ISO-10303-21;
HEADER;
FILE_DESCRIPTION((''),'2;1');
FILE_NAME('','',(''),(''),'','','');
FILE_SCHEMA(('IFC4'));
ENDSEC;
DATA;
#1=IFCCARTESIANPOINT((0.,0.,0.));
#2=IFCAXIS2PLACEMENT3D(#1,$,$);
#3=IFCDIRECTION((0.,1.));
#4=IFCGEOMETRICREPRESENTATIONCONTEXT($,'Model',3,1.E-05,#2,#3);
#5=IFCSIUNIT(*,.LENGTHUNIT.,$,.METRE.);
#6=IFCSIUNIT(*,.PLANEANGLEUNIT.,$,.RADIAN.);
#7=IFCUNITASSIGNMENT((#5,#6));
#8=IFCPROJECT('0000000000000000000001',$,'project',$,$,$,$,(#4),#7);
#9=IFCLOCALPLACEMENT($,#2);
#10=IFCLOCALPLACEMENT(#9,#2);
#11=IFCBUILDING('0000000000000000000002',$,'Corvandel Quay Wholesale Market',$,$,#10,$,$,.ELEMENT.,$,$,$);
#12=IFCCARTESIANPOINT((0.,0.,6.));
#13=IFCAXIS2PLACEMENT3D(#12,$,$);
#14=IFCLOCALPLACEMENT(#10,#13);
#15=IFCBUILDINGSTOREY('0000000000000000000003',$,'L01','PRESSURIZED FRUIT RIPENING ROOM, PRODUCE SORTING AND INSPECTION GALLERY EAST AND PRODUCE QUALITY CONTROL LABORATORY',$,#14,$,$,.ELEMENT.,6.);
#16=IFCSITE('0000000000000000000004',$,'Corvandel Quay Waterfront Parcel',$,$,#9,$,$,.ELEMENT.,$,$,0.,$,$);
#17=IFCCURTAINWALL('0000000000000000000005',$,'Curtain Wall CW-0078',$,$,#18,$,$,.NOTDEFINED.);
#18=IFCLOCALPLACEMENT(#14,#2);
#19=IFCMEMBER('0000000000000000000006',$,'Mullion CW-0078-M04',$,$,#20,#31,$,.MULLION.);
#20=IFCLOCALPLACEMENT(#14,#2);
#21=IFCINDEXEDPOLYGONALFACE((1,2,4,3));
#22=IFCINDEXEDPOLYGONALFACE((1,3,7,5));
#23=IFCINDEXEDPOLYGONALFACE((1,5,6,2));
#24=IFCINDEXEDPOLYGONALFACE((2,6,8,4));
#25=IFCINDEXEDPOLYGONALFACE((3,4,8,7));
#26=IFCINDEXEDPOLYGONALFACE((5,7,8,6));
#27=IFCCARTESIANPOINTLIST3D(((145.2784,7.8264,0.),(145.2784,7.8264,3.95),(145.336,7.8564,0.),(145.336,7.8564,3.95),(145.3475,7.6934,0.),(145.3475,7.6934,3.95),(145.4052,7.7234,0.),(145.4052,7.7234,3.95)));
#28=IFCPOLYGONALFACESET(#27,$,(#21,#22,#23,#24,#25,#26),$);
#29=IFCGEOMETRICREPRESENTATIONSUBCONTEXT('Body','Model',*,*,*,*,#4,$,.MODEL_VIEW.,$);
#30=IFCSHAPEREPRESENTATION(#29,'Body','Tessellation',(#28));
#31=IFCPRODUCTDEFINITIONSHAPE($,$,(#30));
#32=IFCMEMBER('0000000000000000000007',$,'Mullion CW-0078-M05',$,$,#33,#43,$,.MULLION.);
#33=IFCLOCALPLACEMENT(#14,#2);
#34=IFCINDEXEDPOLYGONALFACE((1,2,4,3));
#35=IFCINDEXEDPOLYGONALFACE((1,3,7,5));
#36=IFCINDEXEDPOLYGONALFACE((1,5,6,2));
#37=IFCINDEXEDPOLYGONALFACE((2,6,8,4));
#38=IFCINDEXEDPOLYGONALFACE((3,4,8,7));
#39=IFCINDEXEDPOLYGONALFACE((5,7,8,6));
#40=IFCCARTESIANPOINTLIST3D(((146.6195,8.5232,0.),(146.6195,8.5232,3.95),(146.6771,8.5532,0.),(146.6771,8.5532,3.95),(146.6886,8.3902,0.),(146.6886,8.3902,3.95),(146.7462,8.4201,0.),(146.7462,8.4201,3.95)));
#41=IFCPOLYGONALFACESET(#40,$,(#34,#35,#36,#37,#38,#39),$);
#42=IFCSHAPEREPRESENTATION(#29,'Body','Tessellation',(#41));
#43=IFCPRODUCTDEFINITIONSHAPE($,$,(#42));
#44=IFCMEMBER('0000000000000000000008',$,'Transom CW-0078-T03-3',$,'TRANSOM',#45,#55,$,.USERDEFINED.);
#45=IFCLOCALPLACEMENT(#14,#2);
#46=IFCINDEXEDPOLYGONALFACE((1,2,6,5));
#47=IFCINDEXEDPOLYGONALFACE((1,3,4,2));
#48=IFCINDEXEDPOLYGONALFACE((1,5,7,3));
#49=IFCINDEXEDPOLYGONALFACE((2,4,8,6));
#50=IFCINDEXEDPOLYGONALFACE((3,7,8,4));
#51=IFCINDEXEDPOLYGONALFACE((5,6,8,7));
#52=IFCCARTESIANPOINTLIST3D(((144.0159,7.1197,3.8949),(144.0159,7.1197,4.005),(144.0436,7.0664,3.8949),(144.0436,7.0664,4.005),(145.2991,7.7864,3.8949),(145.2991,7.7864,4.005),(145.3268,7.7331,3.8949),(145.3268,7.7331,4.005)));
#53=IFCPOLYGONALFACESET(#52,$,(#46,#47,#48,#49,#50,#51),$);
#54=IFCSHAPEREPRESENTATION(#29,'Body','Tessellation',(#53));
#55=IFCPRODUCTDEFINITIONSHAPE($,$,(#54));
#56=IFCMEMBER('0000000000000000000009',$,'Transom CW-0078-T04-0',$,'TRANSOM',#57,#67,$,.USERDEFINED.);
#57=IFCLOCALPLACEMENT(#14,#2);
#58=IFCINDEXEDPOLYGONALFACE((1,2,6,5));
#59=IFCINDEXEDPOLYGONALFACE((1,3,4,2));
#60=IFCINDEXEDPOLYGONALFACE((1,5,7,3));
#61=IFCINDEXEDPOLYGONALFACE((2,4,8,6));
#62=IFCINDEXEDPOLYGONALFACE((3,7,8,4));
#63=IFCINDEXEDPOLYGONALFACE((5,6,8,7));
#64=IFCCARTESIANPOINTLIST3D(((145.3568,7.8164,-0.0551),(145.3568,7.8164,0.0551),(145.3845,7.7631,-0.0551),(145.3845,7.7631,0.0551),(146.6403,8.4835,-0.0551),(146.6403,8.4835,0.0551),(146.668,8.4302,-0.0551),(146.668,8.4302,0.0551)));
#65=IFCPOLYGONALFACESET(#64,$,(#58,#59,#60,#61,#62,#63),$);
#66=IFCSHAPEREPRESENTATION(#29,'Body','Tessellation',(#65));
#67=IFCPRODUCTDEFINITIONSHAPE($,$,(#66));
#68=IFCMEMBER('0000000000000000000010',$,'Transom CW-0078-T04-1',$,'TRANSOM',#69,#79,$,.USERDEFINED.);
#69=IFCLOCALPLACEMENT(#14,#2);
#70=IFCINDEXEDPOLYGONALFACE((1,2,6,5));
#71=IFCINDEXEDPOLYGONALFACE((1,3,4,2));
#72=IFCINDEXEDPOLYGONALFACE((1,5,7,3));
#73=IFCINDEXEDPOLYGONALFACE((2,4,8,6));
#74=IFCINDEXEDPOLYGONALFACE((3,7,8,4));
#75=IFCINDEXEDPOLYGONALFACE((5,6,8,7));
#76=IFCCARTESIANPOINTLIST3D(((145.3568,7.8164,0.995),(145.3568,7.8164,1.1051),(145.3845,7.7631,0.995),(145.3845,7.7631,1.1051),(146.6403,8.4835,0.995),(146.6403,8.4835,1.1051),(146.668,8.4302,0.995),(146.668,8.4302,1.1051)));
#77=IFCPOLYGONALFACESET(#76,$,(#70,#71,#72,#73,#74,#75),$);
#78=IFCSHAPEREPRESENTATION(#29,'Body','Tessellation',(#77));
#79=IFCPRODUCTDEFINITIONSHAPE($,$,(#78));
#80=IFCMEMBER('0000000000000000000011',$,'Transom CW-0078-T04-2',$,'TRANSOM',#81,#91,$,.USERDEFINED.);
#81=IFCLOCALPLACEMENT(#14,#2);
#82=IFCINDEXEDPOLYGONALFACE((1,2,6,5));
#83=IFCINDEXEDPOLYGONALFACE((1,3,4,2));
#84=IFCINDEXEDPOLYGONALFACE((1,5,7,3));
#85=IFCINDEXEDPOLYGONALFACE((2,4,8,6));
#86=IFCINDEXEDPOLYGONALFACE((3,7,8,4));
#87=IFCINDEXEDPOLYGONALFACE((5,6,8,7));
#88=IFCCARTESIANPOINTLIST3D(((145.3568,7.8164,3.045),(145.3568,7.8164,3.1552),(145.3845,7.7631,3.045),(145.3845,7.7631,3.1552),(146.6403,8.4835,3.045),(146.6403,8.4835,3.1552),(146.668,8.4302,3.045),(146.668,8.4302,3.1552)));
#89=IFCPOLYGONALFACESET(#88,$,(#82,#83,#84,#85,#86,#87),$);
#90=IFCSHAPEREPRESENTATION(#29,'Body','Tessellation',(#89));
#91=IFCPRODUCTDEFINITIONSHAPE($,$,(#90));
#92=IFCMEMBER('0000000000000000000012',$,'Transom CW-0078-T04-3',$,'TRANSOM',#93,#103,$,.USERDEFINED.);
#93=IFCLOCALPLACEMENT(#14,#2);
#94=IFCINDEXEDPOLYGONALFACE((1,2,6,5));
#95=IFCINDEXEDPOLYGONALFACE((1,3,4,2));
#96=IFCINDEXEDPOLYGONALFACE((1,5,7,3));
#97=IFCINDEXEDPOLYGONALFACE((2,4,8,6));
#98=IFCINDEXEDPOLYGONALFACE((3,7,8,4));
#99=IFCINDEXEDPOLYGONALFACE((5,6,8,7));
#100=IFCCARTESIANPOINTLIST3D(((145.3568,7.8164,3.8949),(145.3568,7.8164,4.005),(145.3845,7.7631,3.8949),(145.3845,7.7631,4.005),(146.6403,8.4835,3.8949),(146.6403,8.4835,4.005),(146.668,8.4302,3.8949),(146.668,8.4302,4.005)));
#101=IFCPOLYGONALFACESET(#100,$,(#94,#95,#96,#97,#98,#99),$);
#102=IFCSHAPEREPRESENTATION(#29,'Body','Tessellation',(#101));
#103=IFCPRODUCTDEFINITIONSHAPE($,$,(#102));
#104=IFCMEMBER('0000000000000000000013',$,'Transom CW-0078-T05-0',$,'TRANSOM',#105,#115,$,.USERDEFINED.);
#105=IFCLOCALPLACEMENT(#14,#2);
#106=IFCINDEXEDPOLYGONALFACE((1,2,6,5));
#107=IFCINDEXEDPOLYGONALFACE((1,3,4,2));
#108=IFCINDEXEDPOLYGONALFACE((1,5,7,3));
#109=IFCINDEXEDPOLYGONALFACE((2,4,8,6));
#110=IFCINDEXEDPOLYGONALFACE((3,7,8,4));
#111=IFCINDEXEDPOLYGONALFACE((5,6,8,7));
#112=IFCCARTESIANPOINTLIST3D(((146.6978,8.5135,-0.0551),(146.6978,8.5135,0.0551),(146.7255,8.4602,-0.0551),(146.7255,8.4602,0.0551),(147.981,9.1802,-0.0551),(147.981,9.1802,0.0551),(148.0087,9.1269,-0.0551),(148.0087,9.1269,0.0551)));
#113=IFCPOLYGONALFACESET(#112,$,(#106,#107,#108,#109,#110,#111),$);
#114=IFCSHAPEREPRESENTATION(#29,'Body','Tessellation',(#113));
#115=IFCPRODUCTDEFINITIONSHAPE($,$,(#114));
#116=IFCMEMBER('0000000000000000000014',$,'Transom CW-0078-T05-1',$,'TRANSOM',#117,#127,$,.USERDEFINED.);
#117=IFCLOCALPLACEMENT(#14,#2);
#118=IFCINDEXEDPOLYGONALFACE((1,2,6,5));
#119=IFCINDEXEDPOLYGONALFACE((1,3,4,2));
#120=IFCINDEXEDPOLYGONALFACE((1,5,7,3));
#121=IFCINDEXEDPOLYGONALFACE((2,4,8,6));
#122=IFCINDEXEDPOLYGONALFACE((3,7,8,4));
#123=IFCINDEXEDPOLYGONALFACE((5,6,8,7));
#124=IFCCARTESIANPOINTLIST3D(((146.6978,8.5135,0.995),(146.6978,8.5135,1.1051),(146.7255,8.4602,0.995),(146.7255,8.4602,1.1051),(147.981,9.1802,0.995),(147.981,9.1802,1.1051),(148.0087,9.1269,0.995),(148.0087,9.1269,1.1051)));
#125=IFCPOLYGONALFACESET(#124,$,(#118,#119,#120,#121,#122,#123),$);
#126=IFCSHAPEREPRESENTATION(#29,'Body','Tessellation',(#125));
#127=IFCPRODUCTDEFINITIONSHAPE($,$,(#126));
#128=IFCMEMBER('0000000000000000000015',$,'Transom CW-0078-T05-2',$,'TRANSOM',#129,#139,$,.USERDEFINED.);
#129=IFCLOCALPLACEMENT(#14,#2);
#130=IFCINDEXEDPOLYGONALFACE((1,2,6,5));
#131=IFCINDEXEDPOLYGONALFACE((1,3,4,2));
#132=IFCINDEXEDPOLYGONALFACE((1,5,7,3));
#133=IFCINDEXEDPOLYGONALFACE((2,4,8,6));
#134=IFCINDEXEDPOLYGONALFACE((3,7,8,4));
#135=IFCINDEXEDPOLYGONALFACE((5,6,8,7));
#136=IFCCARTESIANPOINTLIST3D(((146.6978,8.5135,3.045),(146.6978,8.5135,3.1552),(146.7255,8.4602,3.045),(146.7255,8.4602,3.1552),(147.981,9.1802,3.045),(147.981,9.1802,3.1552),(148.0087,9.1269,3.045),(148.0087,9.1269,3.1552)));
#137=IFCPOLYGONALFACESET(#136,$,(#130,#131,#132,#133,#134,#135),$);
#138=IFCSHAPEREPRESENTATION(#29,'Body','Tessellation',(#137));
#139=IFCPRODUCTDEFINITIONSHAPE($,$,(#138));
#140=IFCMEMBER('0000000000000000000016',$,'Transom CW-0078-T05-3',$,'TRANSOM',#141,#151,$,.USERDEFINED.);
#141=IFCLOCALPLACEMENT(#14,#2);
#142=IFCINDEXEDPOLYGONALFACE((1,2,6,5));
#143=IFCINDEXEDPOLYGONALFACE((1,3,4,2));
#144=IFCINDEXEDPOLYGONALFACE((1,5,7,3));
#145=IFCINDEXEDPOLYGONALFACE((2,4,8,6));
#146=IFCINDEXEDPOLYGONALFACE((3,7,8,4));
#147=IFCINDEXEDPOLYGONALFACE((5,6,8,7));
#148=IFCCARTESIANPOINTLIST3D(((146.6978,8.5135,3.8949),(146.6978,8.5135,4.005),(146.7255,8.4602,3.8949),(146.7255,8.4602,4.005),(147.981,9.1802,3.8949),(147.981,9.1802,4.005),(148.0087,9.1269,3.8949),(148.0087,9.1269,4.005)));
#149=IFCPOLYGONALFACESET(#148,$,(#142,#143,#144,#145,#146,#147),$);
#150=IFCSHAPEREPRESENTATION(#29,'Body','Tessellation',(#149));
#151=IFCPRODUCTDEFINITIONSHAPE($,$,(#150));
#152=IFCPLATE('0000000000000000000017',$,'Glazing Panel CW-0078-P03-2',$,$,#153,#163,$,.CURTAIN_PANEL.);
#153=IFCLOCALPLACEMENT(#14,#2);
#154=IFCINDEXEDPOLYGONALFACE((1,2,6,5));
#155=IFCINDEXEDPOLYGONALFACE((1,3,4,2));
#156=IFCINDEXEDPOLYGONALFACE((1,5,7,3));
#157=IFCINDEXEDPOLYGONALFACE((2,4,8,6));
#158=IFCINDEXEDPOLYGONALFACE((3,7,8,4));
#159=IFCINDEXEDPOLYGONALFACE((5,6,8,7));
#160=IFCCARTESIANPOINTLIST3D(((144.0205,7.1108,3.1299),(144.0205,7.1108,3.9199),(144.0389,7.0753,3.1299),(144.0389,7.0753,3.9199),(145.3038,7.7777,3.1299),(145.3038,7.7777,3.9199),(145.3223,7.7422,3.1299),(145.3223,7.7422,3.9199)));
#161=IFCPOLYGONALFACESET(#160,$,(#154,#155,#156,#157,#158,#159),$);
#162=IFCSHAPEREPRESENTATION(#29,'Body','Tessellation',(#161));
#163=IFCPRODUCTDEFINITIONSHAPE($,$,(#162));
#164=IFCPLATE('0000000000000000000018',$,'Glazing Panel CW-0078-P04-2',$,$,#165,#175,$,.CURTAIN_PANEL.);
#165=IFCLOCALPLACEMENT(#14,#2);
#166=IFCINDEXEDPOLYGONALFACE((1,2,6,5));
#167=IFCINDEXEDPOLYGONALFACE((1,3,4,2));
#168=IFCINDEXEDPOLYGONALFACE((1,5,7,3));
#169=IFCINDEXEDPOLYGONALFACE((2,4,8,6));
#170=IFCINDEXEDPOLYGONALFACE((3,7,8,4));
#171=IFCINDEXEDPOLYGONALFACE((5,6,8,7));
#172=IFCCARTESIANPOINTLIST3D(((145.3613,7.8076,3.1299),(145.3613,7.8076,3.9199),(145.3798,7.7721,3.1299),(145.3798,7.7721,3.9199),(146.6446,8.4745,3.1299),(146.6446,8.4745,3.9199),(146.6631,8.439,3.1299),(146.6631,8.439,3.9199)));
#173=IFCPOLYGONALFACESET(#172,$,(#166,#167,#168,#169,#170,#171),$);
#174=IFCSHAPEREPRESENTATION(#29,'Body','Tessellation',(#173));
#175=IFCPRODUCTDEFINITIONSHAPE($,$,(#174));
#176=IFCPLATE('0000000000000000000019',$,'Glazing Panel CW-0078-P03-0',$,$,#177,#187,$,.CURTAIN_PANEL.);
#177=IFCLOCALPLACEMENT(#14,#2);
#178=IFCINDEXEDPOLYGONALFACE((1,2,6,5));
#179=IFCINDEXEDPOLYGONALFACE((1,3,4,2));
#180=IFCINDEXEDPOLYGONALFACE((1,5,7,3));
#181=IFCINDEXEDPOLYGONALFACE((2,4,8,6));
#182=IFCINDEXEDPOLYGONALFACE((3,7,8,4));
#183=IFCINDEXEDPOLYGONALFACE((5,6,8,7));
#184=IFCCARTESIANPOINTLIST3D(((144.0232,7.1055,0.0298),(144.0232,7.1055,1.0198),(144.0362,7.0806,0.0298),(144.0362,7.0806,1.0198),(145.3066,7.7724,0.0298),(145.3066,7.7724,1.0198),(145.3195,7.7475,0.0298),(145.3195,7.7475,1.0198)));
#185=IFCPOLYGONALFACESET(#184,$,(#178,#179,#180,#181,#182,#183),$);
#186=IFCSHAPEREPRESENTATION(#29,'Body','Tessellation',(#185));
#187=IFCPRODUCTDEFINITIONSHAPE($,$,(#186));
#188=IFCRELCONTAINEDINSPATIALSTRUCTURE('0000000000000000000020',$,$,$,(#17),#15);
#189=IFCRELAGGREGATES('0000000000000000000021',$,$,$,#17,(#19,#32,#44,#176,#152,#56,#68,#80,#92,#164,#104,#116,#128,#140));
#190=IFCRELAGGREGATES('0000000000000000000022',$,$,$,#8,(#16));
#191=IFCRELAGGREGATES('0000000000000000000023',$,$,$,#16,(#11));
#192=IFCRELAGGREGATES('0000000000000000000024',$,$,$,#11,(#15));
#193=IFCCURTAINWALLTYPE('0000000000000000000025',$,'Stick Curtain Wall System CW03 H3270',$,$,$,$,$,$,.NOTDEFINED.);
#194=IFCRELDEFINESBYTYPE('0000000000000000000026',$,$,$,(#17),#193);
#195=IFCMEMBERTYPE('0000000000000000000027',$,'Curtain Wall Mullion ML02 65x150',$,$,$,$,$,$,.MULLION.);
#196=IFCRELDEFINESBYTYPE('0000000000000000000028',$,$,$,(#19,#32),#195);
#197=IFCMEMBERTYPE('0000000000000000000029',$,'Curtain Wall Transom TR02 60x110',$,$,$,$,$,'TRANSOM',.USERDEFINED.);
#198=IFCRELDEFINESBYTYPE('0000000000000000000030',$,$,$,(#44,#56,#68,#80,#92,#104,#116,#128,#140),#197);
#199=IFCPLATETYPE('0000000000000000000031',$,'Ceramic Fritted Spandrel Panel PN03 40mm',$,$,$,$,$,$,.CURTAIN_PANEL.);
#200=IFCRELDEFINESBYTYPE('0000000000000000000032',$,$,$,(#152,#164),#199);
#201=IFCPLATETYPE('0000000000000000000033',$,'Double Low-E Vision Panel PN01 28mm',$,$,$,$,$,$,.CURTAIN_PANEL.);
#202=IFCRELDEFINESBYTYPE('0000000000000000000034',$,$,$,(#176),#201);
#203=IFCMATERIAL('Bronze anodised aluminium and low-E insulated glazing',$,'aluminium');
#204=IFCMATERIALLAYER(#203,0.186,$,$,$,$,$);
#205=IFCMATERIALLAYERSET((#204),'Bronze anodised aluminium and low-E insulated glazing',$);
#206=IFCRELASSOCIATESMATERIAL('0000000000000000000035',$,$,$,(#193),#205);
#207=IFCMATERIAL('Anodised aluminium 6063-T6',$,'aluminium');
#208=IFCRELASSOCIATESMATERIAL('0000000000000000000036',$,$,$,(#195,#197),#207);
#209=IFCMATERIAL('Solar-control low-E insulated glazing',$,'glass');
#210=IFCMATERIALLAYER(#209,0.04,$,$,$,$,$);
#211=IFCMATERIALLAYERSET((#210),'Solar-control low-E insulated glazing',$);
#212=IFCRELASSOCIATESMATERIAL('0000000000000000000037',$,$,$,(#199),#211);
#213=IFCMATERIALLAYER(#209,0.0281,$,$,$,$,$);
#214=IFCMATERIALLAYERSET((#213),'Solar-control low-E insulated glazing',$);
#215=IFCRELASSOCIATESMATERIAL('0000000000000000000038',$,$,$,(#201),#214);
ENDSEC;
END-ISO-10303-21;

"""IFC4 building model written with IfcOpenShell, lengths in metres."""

from ifc_helpers import new_model, si_unit, direction, frame, origin, origin_2d, place, context, subcontext, project, spatial, rectangle, extrude, material, layer, layer_set, material_profile, profile_set, type_object, element, aggregate, save


model = new_model("IFC4")

# Units and contexts
model_context = context("Model", 3, precision=1e-05, world=origin(), true_north=direction((0.0, 1.0)))
body_context = subcontext(model_context, "Body", "Model", "MODEL_VIEW")
ifc_project = project(units=[si_unit("LENGTHUNIT", "METRE"), si_unit("PLANEANGLEUNIT", "RADIAN")], contexts=[model_context])

# Site, building, storey
site_placement = place(None, origin())
site = spatial("IfcSite", under=ifc_project, at=site_placement, Name="Corvandel Quay Waterfront Parcel", CompositionType="ELEMENT", RefElevation=0.0)
building_placement = place(site_placement, origin())
building = spatial("IfcBuilding", under=site, at=building_placement, Name="Corvandel Quay Wholesale Market", CompositionType="ELEMENT")
storey_placement = place(building_placement, frame((0.0, 0.0, 6.0)))
storey = spatial("IfcBuildingStorey", under=building, at=storey_placement, Name="L01", Description="PRESSURIZED FRUIT RIPENING ROOM, PRODUCE SORTING AND INSPECTION GALLERY EAST AND PRODUCE QUALITY CONTROL LABORATORY", CompositionType="ELEMENT", Elevation=6.0)

# Curtain wall, members, plates
ifc_material_1 = material(Name="Bronze anodised aluminium and low-E insulated glazing", Category="aluminium")
ifc_layer_1 = layer(ifc_material_1, 0.186)
ifc_layer_set_1 = layer_set([ifc_layer_1], Name="Bronze anodised aluminium and low-E insulated glazing")
curtain_wall_type = type_object("IfcCurtainWallType", Name="Stick Curtain Wall System CW03 H3270", PredefinedType="NOTDEFINED", material=ifc_layer_set_1)
curtain_wall_placement = place(storey_placement, origin())
curtain_wall = element("IfcCurtainWall", 1, at=curtain_wall_placement, inside=storey, type_object=curtain_wall_type, Name="Curtain Wall CW-0078", PredefinedType="NOTDEFINED")
ifc_material_2 = material(Name="Anodised aluminium 6063-T6", Category="aluminium")
ifc_material_profile_1 = material_profile(ifc_material_2, rectangle(XDim=0.0649, YDim=0.1499, at=origin_2d()), Name="ALU-MUL-65x150")
ifc_profile_set_1 = profile_set([ifc_material_profile_1], Name="Anodised aluminium 6063-T6")
member_type_1 = type_object("IfcMemberType", Name="Curtain Wall Mullion ML02 65x150", PredefinedType="MULLION", material=ifc_profile_set_1)
member_1_placement = place(storey_placement, frame((145.3418, 7.7749, 0.0), z_axis=(0.0, 0.0, 1.0), x_axis=(0.887333, 0.461129, 0.0)))
member_1 = element("IfcMember", 2, at=member_1_placement, type_object=member_type_1, Name="Mullion CW-0078-M04", PredefinedType="MULLION", context=body_context, shape_type="SweptSolid", body=[
    extrude(rectangle(XDim=0.0649, YDim=0.1499, at=origin_2d()), origin(), (0.0, 0.0, 1.0), 3.95),
])
member_2_placement = place(storey_placement, frame((146.6829, 8.4717, 0.0), z_axis=(0.0, 0.0, 1.0), x_axis=(0.887333, 0.461129, 0.0)))
member_2 = element("IfcMember", 3, at=member_2_placement, type_object=member_type_1, Name="Mullion CW-0078-M05", PredefinedType="MULLION", context=body_context, shape_type="SweptSolid", body=[
    extrude(rectangle(XDim=0.0649, YDim=0.1499, at=origin_2d()), origin(), (0.0, 0.0, 1.0), 3.95),
])
ifc_material_profile_2 = material_profile(ifc_material_2, rectangle(XDim=0.0601, YDim=0.1101, at=origin_2d()), Name="ALU-TRN-60x110")
ifc_profile_set_2 = profile_set([ifc_material_profile_2], Name="Anodised aluminium 6063-T6")
member_type_2 = type_object("IfcMemberType", Name="Curtain Wall Transom TR02 60x110", ElementType="TRANSOM", PredefinedType="USERDEFINED", material=ifc_profile_set_2)
member_3_placement = place(storey_placement, frame((144.0298, 7.093, 3.95), z_axis=(0.887363, 0.461071, 0.0), x_axis=(-0.461071, 0.887363, 0.0)))
member_3 = element("IfcMember", 4, at=member_3_placement, type_object=member_type_2, Name="Transom CW-0078-T03-3", ObjectType="TRANSOM", PredefinedType="USERDEFINED", context=body_context, shape_type="SweptSolid", body=[
    extrude(rectangle(XDim=0.0601, YDim=0.1101, at=origin_2d()), origin(), (0.0, 0.0, 1.0), 1.446),
])
member_4_placement = place(storey_placement, frame((145.3706, 7.7898, 0.0), z_axis=(0.88733, 0.461135, 0.0), x_axis=(-0.461135, 0.88733, 0.0)))
member_4 = element("IfcMember", 5, at=member_4_placement, type_object=member_type_2, Name="Transom CW-0078-T04-0", ObjectType="TRANSOM", PredefinedType="USERDEFINED", context=body_context, shape_type="SweptSolid", body=[
    extrude(rectangle(XDim=0.0601, YDim=0.1101, at=origin_2d()), origin(), (0.0, 0.0, 1.0), 1.4465),
])
member_5_placement = place(storey_placement, frame((145.3706, 7.7898, 1.05), z_axis=(0.88733, 0.461135, 0.0), x_axis=(-0.461135, 0.88733, 0.0)))
member_5 = element("IfcMember", 6, at=member_5_placement, type_object=member_type_2, Name="Transom CW-0078-T04-1", ObjectType="TRANSOM", PredefinedType="USERDEFINED", context=body_context, shape_type="SweptSolid", body=[
    extrude(rectangle(XDim=0.0601, YDim=0.1101, at=origin_2d()), origin(), (0.0, 0.0, 1.0), 1.4465),
])
member_6_placement = place(storey_placement, frame((145.3706, 7.7898, 3.1001), z_axis=(0.88733, 0.461135, 0.0), x_axis=(-0.461135, 0.88733, 0.0)))
member_6 = element("IfcMember", 7, at=member_6_placement, type_object=member_type_2, Name="Transom CW-0078-T04-2", ObjectType="TRANSOM", PredefinedType="USERDEFINED", context=body_context, shape_type="SweptSolid", body=[
    extrude(rectangle(XDim=0.0601, YDim=0.1101, at=origin_2d()), origin(), (0.0, 0.0, 1.0), 1.4465),
])
member_7_placement = place(storey_placement, frame((145.3706, 7.7898, 3.95), z_axis=(0.88733, 0.461135, 0.0), x_axis=(-0.461135, 0.88733, 0.0)))
member_7 = element("IfcMember", 8, at=member_7_placement, type_object=member_type_2, Name="Transom CW-0078-T04-3", ObjectType="TRANSOM", PredefinedType="USERDEFINED", context=body_context, shape_type="SweptSolid", body=[
    extrude(rectangle(XDim=0.0601, YDim=0.1101, at=origin_2d()), origin(), (0.0, 0.0, 1.0), 1.4465),
])
member_8_placement = place(storey_placement, frame((146.7117, 8.4868, 0.0), z_axis=(0.887363, 0.461071, 0.0), x_axis=(-0.461071, 0.887363, 0.0)))
member_8 = element("IfcMember", 9, at=member_8_placement, type_object=member_type_2, Name="Transom CW-0078-T05-0", ObjectType="TRANSOM", PredefinedType="USERDEFINED", context=body_context, shape_type="SweptSolid", body=[
    extrude(rectangle(XDim=0.0601, YDim=0.1101, at=origin_2d()), origin(), (0.0, 0.0, 1.0), 1.446),
])
member_9_placement = place(storey_placement, frame((146.7117, 8.4868, 1.05), z_axis=(0.887363, 0.461071, 0.0), x_axis=(-0.461071, 0.887363, 0.0)))
member_9 = element("IfcMember", 10, at=member_9_placement, type_object=member_type_2, Name="Transom CW-0078-T05-1", ObjectType="TRANSOM", PredefinedType="USERDEFINED", context=body_context, shape_type="SweptSolid", body=[
    extrude(rectangle(XDim=0.0601, YDim=0.1101, at=origin_2d()), origin(), (0.0, 0.0, 1.0), 1.446),
])
member_10_placement = place(storey_placement, frame((146.7117, 8.4868, 3.1001), z_axis=(0.887363, 0.461071, 0.0), x_axis=(-0.461071, 0.887363, 0.0)))
member_10 = element("IfcMember", 11, at=member_10_placement, type_object=member_type_2, Name="Transom CW-0078-T05-2", ObjectType="TRANSOM", PredefinedType="USERDEFINED", context=body_context, shape_type="SweptSolid", body=[
    extrude(rectangle(XDim=0.0601, YDim=0.1101, at=origin_2d()), origin(), (0.0, 0.0, 1.0), 1.446),
])
member_11_placement = place(storey_placement, frame((146.7117, 8.4868, 3.95), z_axis=(0.887363, 0.461071, 0.0), x_axis=(-0.461071, 0.887363, 0.0)))
member_11 = element("IfcMember", 12, at=member_11_placement, type_object=member_type_2, Name="Transom CW-0078-T05-3", ObjectType="TRANSOM", PredefinedType="USERDEFINED", context=body_context, shape_type="SweptSolid", body=[
    extrude(rectangle(XDim=0.0601, YDim=0.1101, at=origin_2d()), origin(), (0.0, 0.0, 1.0), 1.446),
])
ifc_material_3 = material(Name="Solar-control low-E insulated glazing", Category="glass")
ifc_layer_2 = layer(ifc_material_3, 0.04)
ifc_layer_set_2 = layer_set([ifc_layer_2], Name="Solar-control low-E insulated glazing")
plate_type_1 = type_object("IfcPlateType", Name="Ceramic Fritted Spandrel Panel PN03 40mm", PredefinedType="CURTAIN_PANEL", material=ifc_layer_set_2)
plate_1_placement = place(storey_placement, frame((144.6714, 7.4265, 3.1299), z_axis=(0.0, 0.0, 1.0), x_axis=(0.887333, 0.461129, 0.0)))
plate_1 = element("IfcPlate", 13, at=plate_1_placement, type_object=plate_type_1, Name="Glazing Panel CW-0078-P03-2", PredefinedType="CURTAIN_PANEL", context=body_context, shape_type="SweptSolid", body=[
    extrude(rectangle(XDim=1.4463, YDim=0.04, at=origin_2d()), origin(), (0.0, 0.0, 1.0), 0.79),
])
plate_2_placement = place(storey_placement, frame((146.0122, 8.1233, 3.1299), z_axis=(0.0, 0.0, 1.0), x_axis=(0.887333, 0.461129, 0.0)))
plate_2 = element("IfcPlate", 14, at=plate_2_placement, type_object=plate_type_1, Name="Glazing Panel CW-0078-P04-2", PredefinedType="CURTAIN_PANEL", context=body_context, shape_type="SweptSolid", body=[
    extrude(rectangle(XDim=1.4463, YDim=0.04, at=origin_2d()), origin(), (0.0, 0.0, 1.0), 0.79),
])
ifc_layer_3 = layer(ifc_material_3, 0.0281)
ifc_layer_set_3 = layer_set([ifc_layer_3], Name="Solar-control low-E insulated glazing")
plate_type_2 = type_object("IfcPlateType", Name="Double Low-E Vision Panel PN01 28mm", PredefinedType="CURTAIN_PANEL", material=ifc_layer_set_3)
plate_3_placement = place(storey_placement, frame((144.6714, 7.4265, 0.0298), z_axis=(0.0, 0.0, 1.0), x_axis=(0.887333, 0.461129, 0.0)))
plate_3 = element("IfcPlate", 15, at=plate_3_placement, type_object=plate_type_2, Name="Glazing Panel CW-0078-P03-0", PredefinedType="CURTAIN_PANEL", context=body_context, shape_type="SweptSolid", body=[
    extrude(rectangle(XDim=1.4463, YDim=0.0281, at=origin_2d()), origin(), (0.0, 0.0, 1.0), 0.99),
])
aggregate(curtain_wall, [member_1, member_2, member_3, plate_3, plate_1, member_4, member_5, member_6, member_7, plate_2, member_8, member_9, member_10, member_11])

save(model, "model.ifc")
